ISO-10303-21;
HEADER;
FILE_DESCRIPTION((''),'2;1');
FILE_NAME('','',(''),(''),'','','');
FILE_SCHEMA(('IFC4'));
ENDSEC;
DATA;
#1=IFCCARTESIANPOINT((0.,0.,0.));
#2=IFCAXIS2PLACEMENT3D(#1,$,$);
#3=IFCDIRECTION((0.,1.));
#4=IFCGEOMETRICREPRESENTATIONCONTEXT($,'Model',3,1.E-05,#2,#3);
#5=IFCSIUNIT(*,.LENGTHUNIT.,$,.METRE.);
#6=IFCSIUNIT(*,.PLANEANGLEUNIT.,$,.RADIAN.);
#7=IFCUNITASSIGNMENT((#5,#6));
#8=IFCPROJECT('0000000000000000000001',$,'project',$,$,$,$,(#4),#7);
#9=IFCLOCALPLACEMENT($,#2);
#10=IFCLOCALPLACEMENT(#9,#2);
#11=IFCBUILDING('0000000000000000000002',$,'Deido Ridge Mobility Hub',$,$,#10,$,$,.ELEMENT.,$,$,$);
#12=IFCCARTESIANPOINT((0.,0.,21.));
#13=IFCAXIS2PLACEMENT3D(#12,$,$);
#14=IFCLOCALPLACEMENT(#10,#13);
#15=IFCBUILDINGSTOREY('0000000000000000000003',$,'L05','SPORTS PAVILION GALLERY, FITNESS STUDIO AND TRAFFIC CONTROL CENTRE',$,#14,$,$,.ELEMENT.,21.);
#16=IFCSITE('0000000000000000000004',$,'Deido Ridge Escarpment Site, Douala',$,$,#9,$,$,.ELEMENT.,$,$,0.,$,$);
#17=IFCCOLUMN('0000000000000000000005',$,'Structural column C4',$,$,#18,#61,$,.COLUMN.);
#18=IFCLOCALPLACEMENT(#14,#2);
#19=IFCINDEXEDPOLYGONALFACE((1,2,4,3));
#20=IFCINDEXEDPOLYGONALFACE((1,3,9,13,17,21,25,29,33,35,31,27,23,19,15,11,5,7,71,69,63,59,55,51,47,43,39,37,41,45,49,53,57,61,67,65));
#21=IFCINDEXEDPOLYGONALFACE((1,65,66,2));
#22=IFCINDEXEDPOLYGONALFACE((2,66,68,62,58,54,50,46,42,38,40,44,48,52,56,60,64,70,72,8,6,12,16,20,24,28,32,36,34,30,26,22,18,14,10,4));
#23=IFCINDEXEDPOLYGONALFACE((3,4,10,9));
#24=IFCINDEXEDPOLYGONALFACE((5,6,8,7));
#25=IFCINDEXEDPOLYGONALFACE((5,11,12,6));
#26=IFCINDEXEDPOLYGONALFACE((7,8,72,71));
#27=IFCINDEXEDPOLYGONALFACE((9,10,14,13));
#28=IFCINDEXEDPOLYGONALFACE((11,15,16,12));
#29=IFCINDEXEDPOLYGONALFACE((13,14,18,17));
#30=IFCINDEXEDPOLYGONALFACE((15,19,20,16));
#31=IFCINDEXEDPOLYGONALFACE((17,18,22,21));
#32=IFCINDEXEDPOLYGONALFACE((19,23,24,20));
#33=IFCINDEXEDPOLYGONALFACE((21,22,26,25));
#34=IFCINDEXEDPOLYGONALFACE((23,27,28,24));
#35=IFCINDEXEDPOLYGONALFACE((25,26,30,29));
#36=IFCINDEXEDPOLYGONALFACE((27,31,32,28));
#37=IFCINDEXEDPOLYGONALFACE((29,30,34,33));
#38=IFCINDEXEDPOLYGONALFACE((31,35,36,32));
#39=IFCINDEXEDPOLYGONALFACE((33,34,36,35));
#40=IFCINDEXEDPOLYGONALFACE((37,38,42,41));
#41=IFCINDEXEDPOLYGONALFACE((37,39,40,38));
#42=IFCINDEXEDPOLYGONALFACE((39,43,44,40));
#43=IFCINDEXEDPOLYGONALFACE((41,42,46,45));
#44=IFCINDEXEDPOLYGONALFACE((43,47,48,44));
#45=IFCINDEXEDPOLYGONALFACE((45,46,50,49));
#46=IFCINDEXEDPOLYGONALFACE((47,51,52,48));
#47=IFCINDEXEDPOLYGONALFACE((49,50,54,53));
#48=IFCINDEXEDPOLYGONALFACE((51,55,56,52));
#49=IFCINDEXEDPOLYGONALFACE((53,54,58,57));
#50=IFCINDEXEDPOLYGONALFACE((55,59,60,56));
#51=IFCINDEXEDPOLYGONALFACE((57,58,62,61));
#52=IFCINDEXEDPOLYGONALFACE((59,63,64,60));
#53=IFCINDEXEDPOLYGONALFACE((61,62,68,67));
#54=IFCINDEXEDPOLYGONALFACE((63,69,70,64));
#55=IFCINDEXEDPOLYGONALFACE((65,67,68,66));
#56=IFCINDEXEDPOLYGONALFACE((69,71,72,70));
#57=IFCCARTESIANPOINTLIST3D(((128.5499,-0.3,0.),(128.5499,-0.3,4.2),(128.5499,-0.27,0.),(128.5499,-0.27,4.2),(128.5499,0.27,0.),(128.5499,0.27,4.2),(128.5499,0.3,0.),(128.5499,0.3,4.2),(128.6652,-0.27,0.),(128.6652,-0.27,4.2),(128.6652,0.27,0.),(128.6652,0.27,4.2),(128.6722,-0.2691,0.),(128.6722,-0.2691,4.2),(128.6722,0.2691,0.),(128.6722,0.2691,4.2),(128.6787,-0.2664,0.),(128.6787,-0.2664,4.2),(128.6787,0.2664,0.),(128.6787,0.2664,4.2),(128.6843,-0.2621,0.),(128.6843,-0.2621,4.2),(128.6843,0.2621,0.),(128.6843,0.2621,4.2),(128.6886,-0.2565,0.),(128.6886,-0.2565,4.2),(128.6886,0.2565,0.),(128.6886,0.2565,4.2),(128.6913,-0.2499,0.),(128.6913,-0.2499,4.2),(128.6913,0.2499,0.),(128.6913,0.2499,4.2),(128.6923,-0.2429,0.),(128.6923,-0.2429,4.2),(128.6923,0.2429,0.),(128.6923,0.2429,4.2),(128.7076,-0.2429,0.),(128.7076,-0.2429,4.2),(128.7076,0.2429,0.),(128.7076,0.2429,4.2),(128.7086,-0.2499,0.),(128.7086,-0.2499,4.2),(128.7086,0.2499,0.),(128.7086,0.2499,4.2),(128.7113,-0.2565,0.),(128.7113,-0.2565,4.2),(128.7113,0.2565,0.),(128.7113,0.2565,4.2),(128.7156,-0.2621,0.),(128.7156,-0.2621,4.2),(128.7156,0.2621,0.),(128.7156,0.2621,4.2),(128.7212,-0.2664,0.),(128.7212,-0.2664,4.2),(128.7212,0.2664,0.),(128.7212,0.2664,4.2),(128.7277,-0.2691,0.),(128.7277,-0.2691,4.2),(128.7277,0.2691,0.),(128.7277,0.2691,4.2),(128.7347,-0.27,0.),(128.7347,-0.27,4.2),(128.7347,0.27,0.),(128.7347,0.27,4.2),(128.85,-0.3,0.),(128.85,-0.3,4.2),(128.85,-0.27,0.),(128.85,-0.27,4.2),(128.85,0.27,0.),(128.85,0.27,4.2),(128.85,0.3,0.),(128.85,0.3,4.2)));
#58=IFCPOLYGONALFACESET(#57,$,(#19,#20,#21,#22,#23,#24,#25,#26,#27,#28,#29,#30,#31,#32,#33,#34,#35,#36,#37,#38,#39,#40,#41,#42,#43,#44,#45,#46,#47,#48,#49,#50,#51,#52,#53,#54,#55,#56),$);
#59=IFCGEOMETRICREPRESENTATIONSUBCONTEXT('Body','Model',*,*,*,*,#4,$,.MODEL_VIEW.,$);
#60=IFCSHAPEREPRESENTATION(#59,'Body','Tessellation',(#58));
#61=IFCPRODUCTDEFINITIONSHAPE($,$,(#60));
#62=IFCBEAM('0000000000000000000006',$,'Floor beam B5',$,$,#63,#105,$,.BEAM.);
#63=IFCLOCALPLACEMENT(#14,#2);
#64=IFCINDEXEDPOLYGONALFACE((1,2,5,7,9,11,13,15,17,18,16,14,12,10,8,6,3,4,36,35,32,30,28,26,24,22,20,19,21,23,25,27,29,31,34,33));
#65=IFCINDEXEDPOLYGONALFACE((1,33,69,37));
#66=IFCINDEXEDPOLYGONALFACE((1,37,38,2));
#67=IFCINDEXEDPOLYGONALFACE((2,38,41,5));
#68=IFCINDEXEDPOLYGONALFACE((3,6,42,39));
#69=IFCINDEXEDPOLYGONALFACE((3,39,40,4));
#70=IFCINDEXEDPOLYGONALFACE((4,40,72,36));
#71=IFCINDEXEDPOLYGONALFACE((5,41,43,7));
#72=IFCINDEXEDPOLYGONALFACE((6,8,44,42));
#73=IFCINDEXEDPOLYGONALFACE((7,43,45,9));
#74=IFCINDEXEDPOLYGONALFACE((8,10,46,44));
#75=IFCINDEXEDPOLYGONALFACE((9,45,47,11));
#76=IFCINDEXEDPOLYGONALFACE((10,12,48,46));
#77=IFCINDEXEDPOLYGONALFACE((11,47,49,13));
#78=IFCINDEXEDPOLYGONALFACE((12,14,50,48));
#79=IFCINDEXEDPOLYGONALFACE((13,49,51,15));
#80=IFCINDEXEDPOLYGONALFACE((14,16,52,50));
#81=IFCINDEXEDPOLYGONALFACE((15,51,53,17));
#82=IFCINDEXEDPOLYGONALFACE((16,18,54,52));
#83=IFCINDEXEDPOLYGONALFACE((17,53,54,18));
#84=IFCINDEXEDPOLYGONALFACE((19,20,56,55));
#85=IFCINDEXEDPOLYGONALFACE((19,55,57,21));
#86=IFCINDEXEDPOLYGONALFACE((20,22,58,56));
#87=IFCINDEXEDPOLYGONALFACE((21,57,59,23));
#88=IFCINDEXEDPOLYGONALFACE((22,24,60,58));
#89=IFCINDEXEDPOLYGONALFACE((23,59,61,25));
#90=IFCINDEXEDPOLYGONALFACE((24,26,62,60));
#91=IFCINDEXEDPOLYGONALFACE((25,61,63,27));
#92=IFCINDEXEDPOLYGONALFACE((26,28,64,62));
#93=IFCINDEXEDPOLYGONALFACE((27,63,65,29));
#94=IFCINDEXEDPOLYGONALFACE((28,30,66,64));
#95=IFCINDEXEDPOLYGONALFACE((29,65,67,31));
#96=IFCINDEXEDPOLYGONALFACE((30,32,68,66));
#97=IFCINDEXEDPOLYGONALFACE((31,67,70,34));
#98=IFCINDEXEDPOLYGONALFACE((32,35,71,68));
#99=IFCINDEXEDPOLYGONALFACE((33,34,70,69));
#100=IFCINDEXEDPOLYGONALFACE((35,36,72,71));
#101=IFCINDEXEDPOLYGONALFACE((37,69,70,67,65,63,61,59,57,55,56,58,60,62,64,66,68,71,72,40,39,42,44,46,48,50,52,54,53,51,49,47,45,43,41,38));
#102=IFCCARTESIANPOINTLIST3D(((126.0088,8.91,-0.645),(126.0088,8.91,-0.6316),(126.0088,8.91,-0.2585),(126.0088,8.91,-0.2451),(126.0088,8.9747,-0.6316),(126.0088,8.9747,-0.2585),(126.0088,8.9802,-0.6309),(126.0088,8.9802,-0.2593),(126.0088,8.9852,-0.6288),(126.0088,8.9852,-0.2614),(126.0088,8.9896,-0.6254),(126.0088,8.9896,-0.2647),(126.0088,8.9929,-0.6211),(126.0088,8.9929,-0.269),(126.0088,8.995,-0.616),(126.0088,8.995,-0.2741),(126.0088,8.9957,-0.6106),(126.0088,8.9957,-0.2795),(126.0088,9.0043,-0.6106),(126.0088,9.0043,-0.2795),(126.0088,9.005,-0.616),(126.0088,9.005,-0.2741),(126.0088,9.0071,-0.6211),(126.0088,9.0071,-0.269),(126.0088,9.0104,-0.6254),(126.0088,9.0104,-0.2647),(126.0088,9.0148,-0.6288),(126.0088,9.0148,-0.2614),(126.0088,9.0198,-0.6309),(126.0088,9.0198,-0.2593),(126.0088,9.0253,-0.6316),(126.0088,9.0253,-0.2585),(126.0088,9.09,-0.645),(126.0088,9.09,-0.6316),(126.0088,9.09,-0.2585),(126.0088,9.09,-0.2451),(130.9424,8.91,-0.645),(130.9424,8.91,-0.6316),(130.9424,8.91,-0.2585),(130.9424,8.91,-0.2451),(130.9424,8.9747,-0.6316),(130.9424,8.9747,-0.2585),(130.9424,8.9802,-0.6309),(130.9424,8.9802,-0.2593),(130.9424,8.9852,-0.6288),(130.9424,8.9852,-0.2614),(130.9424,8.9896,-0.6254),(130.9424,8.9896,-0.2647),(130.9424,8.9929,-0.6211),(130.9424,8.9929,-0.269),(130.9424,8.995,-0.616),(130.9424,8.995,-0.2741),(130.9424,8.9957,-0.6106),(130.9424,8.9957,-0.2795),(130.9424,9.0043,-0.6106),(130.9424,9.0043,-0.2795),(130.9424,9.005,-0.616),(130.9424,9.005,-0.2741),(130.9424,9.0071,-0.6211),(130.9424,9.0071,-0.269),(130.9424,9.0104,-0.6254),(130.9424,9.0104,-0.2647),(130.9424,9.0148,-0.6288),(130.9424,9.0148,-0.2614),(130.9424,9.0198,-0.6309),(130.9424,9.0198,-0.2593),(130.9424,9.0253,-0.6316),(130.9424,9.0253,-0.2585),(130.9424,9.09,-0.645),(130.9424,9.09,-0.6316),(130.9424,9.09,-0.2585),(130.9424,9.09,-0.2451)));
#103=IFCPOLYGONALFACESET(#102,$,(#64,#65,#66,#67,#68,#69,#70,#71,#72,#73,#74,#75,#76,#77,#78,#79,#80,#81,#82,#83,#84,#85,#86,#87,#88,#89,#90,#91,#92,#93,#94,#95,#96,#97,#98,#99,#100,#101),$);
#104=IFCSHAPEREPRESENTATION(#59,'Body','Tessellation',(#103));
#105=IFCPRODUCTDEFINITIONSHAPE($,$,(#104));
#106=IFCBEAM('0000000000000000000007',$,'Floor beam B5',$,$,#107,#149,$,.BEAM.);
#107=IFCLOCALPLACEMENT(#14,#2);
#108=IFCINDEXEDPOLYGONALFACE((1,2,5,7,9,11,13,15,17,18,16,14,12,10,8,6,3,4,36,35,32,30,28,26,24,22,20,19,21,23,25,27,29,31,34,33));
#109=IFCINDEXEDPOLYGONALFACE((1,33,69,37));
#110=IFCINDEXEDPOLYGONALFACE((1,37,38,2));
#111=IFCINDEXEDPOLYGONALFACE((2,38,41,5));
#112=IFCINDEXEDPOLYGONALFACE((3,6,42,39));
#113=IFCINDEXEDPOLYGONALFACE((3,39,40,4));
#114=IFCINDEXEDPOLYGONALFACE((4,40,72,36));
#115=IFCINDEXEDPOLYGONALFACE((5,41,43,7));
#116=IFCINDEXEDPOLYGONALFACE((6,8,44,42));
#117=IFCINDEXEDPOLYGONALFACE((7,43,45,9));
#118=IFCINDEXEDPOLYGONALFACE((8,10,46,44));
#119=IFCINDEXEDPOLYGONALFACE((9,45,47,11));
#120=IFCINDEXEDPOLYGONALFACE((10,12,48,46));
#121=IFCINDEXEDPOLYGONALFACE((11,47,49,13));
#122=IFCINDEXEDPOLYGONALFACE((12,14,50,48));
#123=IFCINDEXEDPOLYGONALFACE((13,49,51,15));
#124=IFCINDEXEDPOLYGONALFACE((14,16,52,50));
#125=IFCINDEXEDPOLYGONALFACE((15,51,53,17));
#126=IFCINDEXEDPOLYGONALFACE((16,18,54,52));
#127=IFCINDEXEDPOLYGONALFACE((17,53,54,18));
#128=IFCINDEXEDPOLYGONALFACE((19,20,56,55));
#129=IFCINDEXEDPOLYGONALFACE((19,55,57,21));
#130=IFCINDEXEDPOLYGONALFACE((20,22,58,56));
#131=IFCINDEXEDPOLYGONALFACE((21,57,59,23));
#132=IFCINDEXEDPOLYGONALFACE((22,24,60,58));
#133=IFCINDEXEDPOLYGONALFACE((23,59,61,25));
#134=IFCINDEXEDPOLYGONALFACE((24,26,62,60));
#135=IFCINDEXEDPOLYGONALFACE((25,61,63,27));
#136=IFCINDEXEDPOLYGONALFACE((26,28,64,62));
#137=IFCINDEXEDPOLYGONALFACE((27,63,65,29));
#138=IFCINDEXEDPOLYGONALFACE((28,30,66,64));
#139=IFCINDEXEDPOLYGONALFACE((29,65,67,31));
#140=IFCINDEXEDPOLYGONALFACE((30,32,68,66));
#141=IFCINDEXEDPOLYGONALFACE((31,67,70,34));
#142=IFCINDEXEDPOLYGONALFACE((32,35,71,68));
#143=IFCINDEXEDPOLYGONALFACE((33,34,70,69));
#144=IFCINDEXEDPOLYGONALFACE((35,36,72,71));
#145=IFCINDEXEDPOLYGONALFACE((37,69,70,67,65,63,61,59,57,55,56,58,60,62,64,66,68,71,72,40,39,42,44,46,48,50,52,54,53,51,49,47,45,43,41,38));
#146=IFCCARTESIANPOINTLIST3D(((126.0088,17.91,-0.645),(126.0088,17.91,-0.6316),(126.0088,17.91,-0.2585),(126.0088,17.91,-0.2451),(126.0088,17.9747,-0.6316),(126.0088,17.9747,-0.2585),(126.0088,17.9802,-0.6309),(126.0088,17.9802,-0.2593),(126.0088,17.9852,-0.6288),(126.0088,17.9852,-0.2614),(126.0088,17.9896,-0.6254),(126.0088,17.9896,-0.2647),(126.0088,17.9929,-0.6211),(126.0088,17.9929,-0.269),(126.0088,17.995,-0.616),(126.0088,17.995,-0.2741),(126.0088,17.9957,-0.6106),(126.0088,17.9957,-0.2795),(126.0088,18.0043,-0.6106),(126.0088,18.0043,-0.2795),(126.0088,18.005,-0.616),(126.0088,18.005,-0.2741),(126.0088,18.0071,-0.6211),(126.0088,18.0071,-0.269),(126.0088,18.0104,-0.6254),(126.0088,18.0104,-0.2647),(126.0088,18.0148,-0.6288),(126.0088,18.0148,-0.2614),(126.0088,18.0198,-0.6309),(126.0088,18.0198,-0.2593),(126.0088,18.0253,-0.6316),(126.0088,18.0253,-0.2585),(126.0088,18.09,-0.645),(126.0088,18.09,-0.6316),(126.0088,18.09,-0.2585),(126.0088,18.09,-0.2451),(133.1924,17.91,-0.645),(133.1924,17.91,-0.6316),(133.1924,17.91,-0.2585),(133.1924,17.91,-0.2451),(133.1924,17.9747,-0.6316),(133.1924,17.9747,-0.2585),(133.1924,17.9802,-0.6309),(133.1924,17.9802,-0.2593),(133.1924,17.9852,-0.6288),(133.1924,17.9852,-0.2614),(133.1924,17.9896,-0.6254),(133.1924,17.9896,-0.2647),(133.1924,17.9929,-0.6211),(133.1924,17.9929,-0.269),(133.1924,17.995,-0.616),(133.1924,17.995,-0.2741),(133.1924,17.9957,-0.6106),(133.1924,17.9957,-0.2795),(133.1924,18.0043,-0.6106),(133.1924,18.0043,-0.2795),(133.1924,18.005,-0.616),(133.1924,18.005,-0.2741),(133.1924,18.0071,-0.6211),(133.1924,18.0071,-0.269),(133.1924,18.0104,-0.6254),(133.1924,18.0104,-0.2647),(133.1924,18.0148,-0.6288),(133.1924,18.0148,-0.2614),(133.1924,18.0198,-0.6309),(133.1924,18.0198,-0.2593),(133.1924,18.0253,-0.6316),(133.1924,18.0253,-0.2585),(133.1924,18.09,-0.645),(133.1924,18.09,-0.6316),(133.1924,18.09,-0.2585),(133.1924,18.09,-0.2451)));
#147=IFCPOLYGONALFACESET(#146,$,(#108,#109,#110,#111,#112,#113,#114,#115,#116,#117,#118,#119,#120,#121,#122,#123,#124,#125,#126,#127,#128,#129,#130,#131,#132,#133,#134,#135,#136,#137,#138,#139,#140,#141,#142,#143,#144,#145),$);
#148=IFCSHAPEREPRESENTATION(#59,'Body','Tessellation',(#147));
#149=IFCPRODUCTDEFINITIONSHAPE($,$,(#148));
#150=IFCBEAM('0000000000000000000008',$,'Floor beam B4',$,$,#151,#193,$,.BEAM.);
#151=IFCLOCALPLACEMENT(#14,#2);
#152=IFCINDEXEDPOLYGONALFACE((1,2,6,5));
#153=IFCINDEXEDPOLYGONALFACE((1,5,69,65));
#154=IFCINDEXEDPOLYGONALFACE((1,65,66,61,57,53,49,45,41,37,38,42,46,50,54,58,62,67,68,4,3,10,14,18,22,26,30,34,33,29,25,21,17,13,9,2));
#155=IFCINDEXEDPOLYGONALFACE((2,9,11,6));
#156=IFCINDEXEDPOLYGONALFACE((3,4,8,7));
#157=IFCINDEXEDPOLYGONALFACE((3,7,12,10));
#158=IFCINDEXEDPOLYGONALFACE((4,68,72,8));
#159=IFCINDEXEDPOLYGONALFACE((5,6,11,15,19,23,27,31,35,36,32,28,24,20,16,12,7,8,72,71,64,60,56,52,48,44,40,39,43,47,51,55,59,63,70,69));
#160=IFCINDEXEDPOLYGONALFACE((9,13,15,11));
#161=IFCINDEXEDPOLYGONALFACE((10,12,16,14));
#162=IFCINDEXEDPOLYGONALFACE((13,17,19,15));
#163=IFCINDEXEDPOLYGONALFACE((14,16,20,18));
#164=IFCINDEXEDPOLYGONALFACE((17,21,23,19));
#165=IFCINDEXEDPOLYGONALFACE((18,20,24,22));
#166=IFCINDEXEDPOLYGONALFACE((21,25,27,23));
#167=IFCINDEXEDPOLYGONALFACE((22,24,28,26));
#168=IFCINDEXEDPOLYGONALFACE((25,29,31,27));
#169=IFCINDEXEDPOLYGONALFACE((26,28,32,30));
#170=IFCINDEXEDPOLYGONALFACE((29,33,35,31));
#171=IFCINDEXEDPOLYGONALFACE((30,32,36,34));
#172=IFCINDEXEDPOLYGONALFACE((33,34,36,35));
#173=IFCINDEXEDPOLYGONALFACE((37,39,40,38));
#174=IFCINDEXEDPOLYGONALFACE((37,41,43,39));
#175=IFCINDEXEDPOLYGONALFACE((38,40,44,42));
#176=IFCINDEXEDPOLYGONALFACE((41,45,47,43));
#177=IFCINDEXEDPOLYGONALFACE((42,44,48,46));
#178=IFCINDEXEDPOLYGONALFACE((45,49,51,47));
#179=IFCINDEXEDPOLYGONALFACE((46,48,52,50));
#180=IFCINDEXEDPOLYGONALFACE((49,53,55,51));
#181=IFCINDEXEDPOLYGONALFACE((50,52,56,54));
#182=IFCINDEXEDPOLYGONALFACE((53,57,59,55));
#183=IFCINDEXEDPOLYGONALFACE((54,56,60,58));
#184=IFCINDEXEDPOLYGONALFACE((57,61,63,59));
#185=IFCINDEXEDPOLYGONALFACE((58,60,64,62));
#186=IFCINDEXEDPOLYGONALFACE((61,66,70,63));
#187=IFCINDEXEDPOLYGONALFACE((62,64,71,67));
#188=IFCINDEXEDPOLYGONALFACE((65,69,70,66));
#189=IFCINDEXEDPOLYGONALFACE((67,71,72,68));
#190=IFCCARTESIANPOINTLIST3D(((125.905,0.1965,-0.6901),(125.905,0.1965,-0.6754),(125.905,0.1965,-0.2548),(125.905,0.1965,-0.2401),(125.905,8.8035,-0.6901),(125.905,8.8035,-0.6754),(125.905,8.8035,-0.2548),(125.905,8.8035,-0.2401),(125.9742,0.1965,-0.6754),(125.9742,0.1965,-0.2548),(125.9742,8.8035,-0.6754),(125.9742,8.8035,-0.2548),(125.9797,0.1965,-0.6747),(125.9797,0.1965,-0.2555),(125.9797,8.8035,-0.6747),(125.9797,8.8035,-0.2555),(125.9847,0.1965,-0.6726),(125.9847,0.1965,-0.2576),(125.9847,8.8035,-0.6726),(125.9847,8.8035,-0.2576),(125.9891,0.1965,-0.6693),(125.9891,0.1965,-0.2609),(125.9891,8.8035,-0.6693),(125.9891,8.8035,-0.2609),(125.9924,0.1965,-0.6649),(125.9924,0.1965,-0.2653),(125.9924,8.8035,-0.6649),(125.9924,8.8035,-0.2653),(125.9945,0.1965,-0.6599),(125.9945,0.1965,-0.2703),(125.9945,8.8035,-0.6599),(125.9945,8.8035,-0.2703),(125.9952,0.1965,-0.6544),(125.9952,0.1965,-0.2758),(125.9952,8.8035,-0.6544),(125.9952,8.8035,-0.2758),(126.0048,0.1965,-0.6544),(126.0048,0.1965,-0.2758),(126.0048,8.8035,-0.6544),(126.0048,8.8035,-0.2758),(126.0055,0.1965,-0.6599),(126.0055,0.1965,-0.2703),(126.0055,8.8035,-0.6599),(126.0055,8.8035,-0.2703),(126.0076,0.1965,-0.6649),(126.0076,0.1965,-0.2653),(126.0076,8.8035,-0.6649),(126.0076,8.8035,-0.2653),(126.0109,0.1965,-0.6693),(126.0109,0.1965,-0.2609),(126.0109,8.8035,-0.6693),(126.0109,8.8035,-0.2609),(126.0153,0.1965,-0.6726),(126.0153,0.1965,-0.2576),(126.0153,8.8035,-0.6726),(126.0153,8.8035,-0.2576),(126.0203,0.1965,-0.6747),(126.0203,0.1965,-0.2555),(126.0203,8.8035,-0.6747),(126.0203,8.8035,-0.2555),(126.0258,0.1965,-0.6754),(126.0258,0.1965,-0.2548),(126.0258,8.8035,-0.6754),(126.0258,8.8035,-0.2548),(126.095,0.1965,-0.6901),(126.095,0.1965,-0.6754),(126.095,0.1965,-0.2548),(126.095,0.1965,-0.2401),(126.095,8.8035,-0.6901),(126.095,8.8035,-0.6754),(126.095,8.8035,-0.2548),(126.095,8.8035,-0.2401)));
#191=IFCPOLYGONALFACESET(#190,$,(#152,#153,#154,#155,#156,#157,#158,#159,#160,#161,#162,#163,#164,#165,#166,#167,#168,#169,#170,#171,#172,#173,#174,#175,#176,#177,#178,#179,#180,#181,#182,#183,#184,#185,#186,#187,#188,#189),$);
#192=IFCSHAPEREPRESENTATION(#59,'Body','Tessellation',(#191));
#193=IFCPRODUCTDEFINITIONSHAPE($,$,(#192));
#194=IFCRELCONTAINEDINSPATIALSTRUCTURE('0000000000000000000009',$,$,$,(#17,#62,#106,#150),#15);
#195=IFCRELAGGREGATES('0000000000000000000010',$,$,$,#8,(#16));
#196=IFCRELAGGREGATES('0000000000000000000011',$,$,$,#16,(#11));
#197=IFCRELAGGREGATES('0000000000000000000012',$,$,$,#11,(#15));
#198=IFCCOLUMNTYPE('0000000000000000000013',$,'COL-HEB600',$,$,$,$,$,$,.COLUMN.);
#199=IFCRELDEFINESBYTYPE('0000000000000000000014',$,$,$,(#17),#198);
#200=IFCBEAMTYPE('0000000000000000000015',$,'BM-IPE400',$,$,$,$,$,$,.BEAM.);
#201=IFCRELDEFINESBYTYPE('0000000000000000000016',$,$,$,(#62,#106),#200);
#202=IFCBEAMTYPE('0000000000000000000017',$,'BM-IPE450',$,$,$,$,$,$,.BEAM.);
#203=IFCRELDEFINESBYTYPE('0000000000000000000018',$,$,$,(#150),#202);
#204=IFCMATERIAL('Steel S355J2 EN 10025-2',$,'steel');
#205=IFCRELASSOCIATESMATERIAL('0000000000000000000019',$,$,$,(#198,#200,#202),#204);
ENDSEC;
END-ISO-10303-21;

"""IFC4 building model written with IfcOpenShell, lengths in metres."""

from ifc_helpers import new_model, si_unit, direction, frame, origin, origin_2d, place, context, subcontext, project, spatial, i_section, extrude, material, material_profile, profile_set, type_object, element, save


model = new_model("IFC4")

# Units and contexts
model_context = context("Model", 3, precision=1e-05, world=origin(), true_north=direction((0.0, 1.0)))
body_context = subcontext(model_context, "Body", "Model", "MODEL_VIEW")
ifc_project = project(units=[si_unit("LENGTHUNIT", "METRE"), si_unit("PLANEANGLEUNIT", "RADIAN")], contexts=[model_context])

# Site, building, storey
site_placement = place(None, origin())
site = spatial("IfcSite", under=ifc_project, at=site_placement, Name="Deido Ridge Escarpment Site, Douala", CompositionType="ELEMENT", RefElevation=0.0)
building_placement = place(site_placement, origin())
building = spatial("IfcBuilding", under=site, at=building_placement, Name="Deido Ridge Mobility Hub", CompositionType="ELEMENT")
storey_placement = place(building_placement, frame((0.0, 0.0, 21.0)))
storey = spatial("IfcBuildingStorey", under=building, at=storey_placement, Name="L05", Description="SPORTS PAVILION GALLERY, FITNESS STUDIO AND TRAFFIC CONTROL CENTRE", CompositionType="ELEMENT", Elevation=21.0)

# Column
ifc_material_1 = material(Name="Steel S355J2 EN 10025-2", Category="steel")
ifc_material_profile_1 = material_profile(ifc_material_1, i_section(OverallWidth=0.3, OverallDepth=0.6001, WebThickness=0.0154, FlangeThickness=0.03, FilletRadius=0.0271, at=origin_2d()), Name="HEB 600")
ifc_profile_set_1 = profile_set([ifc_material_profile_1], Name="Steel S355J2 EN 10025-2")
column_type = type_object("IfcColumnType", Name="COL-HEB600", PredefinedType="COLUMN", material=ifc_profile_set_1)
column_placement = place(storey_placement, frame((128.7, 0.0, 0.0), z_axis=(0.0, 0.0, 1.0), x_axis=(1.0, 0.0, 0.0)))
element("IfcColumn", 1, at=column_placement, inside=storey, type_object=column_type, Name="Structural column C4", PredefinedType="COLUMN", context=body_context, shape_type="SweptSolid", body=[
    extrude(i_section(OverallWidth=0.3, OverallDepth=0.6001, WebThickness=0.0154, FlangeThickness=0.03, FilletRadius=0.0271, at=origin_2d()), origin(), (0.0, 0.0, 1.0), 4.2),
])

# Beams
ifc_material_profile_2 = material_profile(ifc_material_1, i_section(OverallWidth=0.1799, OverallDepth=0.3999, WebThickness=0.0085, FlangeThickness=0.0134, FilletRadius=0.021, at=origin_2d()), Name="IPE 400")
ifc_profile_set_2 = profile_set([ifc_material_profile_2], Name="Steel S355J2 EN 10025-2")
beam_type_1 = type_object("IfcBeamType", Name="BM-IPE400", PredefinedType="BEAM", material=ifc_profile_set_2)
beam_1_placement = place(storey_placement, frame((126.0088, 9.0, -0.4451), z_axis=(1.0, 0.0, 0.0), x_axis=(0.0, 1.0, 0.0)))
element("IfcBeam", 2, at=beam_1_placement, inside=storey, type_object=beam_type_1, Name="Floor beam B5", PredefinedType="BEAM", context=body_context, shape_type="SweptSolid", body=[
    extrude(i_section(OverallWidth=0.1799, OverallDepth=0.3999, WebThickness=0.0085, FlangeThickness=0.0134, FilletRadius=0.021, at=origin_2d()), origin(), (0.0, 0.0, 1.0), 4.9336),
])
beam_2_placement = place(storey_placement, frame((126.0088, 18.0, -0.4451), z_axis=(1.0, 0.0, 0.0), x_axis=(0.0, 1.0, 0.0)))
element("IfcBeam", 3, at=beam_2_placement, inside=storey, type_object=beam_type_1, Name="Floor beam B5", PredefinedType="BEAM", context=body_context, shape_type="SweptSolid", body=[
    extrude(i_section(OverallWidth=0.1799, OverallDepth=0.3999, WebThickness=0.0085, FlangeThickness=0.0134, FilletRadius=0.021, at=origin_2d()), origin(), (0.0, 0.0, 1.0), 7.1836),
])
ifc_material_profile_3 = material_profile(ifc_material_1, i_section(OverallWidth=0.1899, OverallDepth=0.45, WebThickness=0.0095, FlangeThickness=0.0146, FilletRadius=0.021, at=origin_2d()), Name="IPE 450")
ifc_profile_set_3 = profile_set([ifc_material_profile_3], Name="Steel S355J2 EN 10025-2")
beam_type_2 = type_object("IfcBeamType", Name="BM-IPE450", PredefinedType="BEAM", material=ifc_profile_set_3)
for number, where, z_axis, x_axis, name in (
    (4, (126.0, 0.1965, -0.4651), (0.0, 1.0, 0.0), (-1.0, 0.0, 0.0), "Floor beam B4"),
):
    element("IfcBeam", number, at=place(storey_placement, frame(where, z_axis=z_axis, x_axis=x_axis)), inside=storey, type_object=beam_type_2, Name=name, PredefinedType="BEAM", context=body_context, shape_type="SweptSolid", body=[
        extrude(i_section(OverallWidth=0.1899, OverallDepth=0.45, WebThickness=0.0095, FlangeThickness=0.0146, FilletRadius=0.021, at=origin_2d()), origin(), (0.0, 0.0, 1.0), 8.6069),
    ])

save(model, "model.ifc")
